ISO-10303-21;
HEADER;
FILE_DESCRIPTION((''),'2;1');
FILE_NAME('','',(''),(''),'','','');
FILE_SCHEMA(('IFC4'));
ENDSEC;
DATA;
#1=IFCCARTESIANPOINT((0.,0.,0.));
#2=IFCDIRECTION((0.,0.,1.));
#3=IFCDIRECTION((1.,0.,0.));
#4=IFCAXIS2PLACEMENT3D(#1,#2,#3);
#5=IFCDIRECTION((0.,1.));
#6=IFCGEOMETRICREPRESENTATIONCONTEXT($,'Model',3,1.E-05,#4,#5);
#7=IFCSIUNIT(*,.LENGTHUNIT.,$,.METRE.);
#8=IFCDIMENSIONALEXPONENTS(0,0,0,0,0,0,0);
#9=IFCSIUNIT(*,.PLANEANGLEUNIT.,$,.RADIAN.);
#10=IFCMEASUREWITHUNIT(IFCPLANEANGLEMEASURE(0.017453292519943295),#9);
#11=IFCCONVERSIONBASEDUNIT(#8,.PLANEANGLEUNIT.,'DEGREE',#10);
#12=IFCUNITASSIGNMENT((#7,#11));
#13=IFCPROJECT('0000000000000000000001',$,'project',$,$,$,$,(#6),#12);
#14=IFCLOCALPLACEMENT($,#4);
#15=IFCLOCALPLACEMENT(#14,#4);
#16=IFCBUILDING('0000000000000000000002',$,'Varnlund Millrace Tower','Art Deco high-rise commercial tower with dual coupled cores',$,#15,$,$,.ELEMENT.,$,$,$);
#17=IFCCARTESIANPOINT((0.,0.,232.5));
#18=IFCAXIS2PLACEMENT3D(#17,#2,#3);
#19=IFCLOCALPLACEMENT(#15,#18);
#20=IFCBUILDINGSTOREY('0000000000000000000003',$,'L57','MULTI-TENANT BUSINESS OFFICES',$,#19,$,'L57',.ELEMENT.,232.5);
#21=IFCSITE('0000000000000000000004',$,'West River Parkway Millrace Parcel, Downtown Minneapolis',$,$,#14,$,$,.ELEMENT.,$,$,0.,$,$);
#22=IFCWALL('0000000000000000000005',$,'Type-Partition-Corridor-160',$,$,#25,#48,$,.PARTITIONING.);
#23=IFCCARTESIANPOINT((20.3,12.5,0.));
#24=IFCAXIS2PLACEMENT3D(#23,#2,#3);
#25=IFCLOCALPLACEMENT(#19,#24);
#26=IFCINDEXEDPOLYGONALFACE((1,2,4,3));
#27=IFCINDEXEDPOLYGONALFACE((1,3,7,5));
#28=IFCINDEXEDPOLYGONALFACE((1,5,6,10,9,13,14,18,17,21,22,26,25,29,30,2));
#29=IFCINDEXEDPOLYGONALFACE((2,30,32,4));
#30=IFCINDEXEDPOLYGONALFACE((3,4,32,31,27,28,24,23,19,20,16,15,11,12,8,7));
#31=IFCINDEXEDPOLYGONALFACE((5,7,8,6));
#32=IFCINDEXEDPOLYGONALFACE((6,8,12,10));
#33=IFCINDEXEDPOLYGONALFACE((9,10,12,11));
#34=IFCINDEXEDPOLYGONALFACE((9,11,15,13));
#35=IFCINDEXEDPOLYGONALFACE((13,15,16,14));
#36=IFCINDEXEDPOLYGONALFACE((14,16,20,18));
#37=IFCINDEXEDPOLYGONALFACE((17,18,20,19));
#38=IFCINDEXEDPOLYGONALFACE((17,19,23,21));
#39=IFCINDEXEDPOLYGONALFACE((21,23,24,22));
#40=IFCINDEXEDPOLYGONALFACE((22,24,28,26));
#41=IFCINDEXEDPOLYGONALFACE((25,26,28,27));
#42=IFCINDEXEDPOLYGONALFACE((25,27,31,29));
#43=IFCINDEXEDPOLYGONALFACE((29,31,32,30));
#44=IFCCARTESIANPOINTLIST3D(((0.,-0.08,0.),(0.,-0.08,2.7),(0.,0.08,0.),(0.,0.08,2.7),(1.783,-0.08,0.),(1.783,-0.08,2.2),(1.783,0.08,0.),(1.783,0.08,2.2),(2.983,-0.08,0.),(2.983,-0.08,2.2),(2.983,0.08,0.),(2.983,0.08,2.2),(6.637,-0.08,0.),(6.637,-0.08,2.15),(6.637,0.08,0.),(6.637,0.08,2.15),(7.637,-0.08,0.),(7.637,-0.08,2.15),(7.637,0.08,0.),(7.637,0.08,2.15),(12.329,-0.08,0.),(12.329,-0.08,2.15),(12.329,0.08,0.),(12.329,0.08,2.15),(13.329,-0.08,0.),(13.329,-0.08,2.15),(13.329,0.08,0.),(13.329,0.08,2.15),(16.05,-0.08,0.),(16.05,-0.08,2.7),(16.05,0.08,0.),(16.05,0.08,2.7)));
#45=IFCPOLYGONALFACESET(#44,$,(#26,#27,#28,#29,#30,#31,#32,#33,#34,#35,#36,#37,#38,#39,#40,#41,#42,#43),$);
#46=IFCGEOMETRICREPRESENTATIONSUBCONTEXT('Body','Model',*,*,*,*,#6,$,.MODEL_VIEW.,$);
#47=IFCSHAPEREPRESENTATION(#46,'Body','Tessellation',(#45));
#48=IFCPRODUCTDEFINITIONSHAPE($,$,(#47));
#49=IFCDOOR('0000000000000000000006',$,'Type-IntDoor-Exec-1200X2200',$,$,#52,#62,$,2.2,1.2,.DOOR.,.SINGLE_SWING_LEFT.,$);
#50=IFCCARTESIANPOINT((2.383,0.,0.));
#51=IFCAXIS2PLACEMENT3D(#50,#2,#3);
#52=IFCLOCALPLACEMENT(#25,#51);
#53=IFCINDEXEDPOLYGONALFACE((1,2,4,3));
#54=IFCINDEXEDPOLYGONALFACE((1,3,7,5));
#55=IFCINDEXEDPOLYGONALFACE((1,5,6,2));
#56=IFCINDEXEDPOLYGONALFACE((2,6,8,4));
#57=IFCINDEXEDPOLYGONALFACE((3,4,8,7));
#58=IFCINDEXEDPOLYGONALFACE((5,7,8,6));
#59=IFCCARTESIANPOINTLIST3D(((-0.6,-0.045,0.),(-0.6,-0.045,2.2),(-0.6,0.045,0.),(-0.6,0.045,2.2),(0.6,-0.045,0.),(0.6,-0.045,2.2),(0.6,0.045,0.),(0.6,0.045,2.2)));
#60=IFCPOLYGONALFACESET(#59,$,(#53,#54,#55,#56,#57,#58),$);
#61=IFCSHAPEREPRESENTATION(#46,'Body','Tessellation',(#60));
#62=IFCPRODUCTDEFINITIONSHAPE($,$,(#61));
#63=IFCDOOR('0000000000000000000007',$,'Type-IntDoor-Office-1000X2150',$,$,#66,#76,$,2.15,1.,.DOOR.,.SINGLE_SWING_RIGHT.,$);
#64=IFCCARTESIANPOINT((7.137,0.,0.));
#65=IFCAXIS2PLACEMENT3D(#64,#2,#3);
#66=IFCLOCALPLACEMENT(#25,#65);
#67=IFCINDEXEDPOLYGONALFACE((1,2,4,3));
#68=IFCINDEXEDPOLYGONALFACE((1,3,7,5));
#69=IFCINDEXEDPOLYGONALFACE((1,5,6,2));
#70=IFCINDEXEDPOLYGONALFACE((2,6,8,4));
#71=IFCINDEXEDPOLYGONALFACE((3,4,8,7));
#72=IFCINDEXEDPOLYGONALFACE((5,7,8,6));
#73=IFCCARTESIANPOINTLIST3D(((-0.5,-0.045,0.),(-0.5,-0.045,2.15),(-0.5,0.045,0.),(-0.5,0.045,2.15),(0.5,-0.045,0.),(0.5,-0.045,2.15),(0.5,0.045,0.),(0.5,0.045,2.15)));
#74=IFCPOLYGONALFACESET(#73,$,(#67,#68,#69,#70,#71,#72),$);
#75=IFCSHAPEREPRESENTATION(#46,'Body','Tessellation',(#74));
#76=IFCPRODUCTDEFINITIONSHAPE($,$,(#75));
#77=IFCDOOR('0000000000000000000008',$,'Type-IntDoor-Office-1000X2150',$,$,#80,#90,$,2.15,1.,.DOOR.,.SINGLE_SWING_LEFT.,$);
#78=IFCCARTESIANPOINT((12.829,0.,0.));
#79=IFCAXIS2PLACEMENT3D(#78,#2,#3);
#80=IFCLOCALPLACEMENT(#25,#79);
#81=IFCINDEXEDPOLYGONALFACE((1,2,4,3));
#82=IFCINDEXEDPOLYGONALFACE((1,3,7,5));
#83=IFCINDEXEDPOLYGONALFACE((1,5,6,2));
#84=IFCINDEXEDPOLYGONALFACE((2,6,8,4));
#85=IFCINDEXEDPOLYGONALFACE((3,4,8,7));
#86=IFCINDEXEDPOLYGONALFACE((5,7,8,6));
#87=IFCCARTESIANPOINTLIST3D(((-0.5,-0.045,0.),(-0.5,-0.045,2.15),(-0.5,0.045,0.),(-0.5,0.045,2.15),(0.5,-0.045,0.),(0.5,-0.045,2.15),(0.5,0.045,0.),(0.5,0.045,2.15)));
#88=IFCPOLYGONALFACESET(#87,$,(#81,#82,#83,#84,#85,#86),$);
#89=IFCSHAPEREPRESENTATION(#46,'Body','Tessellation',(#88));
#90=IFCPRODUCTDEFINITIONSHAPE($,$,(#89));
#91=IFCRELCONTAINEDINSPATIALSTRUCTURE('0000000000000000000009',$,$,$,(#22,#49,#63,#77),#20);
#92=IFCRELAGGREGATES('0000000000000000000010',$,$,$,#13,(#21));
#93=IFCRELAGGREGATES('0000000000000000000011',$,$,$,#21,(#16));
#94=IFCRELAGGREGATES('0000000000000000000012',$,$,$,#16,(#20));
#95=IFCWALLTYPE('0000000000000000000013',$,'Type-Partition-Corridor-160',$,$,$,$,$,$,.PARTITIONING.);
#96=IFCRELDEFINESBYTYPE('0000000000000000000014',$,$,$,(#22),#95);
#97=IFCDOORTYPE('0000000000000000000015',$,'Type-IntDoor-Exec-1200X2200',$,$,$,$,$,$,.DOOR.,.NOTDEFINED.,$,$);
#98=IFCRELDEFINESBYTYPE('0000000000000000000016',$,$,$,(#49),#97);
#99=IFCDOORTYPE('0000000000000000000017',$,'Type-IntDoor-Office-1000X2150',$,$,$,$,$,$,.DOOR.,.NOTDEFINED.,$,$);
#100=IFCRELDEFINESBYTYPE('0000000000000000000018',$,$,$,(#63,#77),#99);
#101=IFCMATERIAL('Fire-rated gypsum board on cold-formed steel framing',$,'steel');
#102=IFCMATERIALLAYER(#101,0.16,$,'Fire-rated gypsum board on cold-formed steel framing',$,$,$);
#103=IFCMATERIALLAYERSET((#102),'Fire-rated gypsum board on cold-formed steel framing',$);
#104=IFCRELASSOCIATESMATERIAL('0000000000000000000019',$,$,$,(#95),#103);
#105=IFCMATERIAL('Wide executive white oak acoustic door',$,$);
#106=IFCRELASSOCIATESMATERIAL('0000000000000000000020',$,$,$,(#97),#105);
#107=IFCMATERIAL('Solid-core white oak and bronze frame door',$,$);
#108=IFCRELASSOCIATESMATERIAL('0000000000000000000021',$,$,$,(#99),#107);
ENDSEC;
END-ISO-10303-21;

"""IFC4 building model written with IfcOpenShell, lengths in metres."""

from ifc_helpers import new_model, entity, si_unit, converted_unit, direction, frame, origin_with_axes, origin_2d_with_axis, place, context, subcontext, project, spatial, polyline, rectangle, outline, extrude, material, layer, layer_set, type_object, element, fill, save


model = new_model("IFC4")

# Units and contexts
model_context = context("Model", 3, precision=1e-05, world=origin_with_axes(), true_north=direction((0.0, 1.0)))
body_context = subcontext(model_context, "Body", "Model", "MODEL_VIEW")
ifc_project = project(units=[si_unit("LENGTHUNIT", "METRE"), converted_unit("PLANEANGLEUNIT", "DEGREE", entity("IfcPlaneAngleMeasure", 0.017453292519943295), si_unit("PLANEANGLEUNIT", "RADIAN"), dimensions=[0, 0, 0, 0, 0, 0, 0])], contexts=[model_context])

# Site, building, storey
site_placement = place(None, origin_with_axes())
site = spatial("IfcSite", under=ifc_project, at=site_placement, Name="West River Parkway Millrace Parcel, Downtown Minneapolis", CompositionType="ELEMENT", RefElevation=0.0)
building_placement = place(site_placement, origin_with_axes())
building = spatial("IfcBuilding", under=site, at=building_placement, Name="Varnlund Millrace Tower", Description="Art Deco high-rise commercial tower with dual coupled cores", CompositionType="ELEMENT")
storey_placement = place(building_placement, frame((0.0, 0.0, 232.5), z_axis=(0.0, 0.0, 1.0), x_axis=(1.0, 0.0, 0.0)))
storey = spatial("IfcBuildingStorey", under=building, at=storey_placement, Name="L57", Description="MULTI-TENANT BUSINESS OFFICES", LongName="L57", CompositionType="ELEMENT", Elevation=232.5)

# Wall, openings, doors
ifc_material_1 = material(Name="Fire-rated gypsum board on cold-formed steel framing", Category="steel")
ifc_layer = layer(ifc_material_1, 0.16, Name="Fire-rated gypsum board on cold-formed steel framing")
ifc_layer_set = layer_set([ifc_layer], Name="Fire-rated gypsum board on cold-formed steel framing")
wall_type = type_object("IfcWallType", Name="Type-Partition-Corridor-160", PredefinedType="PARTITIONING", material=ifc_layer_set)
wall_placement = place(storey_placement, frame((20.3, 12.5, 0.0), z_axis=(0.0, 0.0, 1.0), x_axis=(1.0, 0.0, 0.0)))
wall = element("IfcWall", 1, at=wall_placement, inside=storey, type_object=wall_type, Name="Type-Partition-Corridor-160", PredefinedType="PARTITIONING", context=body_context, shape_type="SweptSolid", body=[
    extrude(outline(polyline([(0.0, -0.08), (16.05, -0.08), (16.05, 0.08), (0.0, 0.08), (0.0, -0.08)])), origin_with_axes(), (0.0, 0.0, 1.0), 2.7),
])
opening_1_placement = place(wall_placement, frame((2.383, 0.0, 0.0), z_axis=(0.0, 0.0, 1.0), x_axis=(1.0, 0.0, 0.0)))
opening_1 = element("IfcOpeningElement", 2, at=opening_1_placement, cuts=wall, PredefinedType="OPENING", context=body_context, shape_type="SweptSolid", body=[
    extrude(rectangle(XDim=1.2, YDim=0.18, at=origin_2d_with_axis()), origin_with_axes(), (0.0, 0.0, 1.0), 2.2),
])
opening_2_placement = place(wall_placement, frame((7.137, 0.0, 0.0), z_axis=(0.0, 0.0, 1.0), x_axis=(1.0, 0.0, 0.0)))
opening_2 = element("IfcOpeningElement", 3, at=opening_2_placement, cuts=wall, PredefinedType="OPENING", context=body_context, shape_type="SweptSolid", body=[
    extrude(rectangle(XDim=1.0, YDim=0.18, at=origin_2d_with_axis()), origin_with_axes(), (0.0, 0.0, 1.0), 2.15),
])
opening_3_placement = place(wall_placement, frame((12.829, 0.0, 0.0), z_axis=(0.0, 0.0, 1.0), x_axis=(1.0, 0.0, 0.0)))
opening_3 = element("IfcOpeningElement", 4, at=opening_3_placement, cuts=wall, PredefinedType="OPENING", context=body_context, shape_type="SweptSolid", body=[
    extrude(rectangle(XDim=1.0, YDim=0.18, at=origin_2d_with_axis()), origin_with_axes(), (0.0, 0.0, 1.0), 2.15),
])
ifc_material_2 = material(Name="Wide executive white oak acoustic door")
door_type_1 = type_object("IfcDoorType", Name="Type-IntDoor-Exec-1200X2200", OperationType="NOTDEFINED", PredefinedType="DOOR", material=ifc_material_2)
door_1_placement = place(wall_placement, frame((2.383, 0.0, 0.0), z_axis=(0.0, 0.0, 1.0), x_axis=(1.0, 0.0, 0.0)))
door_1 = element("IfcDoor", 5, at=door_1_placement, inside=storey, type_object=door_type_1, Name="Type-IntDoor-Exec-1200X2200", OperationType="SINGLE_SWING_LEFT", OverallHeight=2.2, OverallWidth=1.2, PredefinedType="DOOR", context=body_context, shape_type="SweptSolid", body=[
    extrude(rectangle(XDim=1.2, YDim=0.09, at=origin_2d_with_axis()), origin_with_axes(), (0.0, 0.0, 1.0), 2.2),
])
fill(opening_1, door_1)
ifc_material_3 = material(Name="Solid-core white oak and bronze frame door")
door_type_2 = type_object("IfcDoorType", Name="Type-IntDoor-Office-1000X2150", OperationType="NOTDEFINED", PredefinedType="DOOR", material=ifc_material_3)
door_2_placement = place(wall_placement, frame((7.137, 0.0, 0.0), z_axis=(0.0, 0.0, 1.0), x_axis=(1.0, 0.0, 0.0)))
door_2 = element("IfcDoor", 6, at=door_2_placement, inside=storey, type_object=door_type_2, Name="Type-IntDoor-Office-1000X2150", OperationType="SINGLE_SWING_RIGHT", OverallHeight=2.15, OverallWidth=1.0, PredefinedType="DOOR", context=body_context, shape_type="SweptSolid", body=[
    extrude(rectangle(XDim=1.0, YDim=0.09, at=origin_2d_with_axis()), origin_with_axes(), (0.0, 0.0, 1.0), 2.15),
])
fill(opening_2, door_2)
door_3_placement = place(wall_placement, frame((12.829, 0.0, 0.0), z_axis=(0.0, 0.0, 1.0), x_axis=(1.0, 0.0, 0.0)))
door_3 = element("IfcDoor", 7, at=door_3_placement, inside=storey, type_object=door_type_2, Name="Type-IntDoor-Office-1000X2150", OperationType="SINGLE_SWING_LEFT", OverallHeight=2.15, OverallWidth=1.0, PredefinedType="DOOR", context=body_context, shape_type="SweptSolid", body=[
    extrude(rectangle(XDim=1.0, YDim=0.09, at=origin_2d_with_axis()), origin_with_axes(), (0.0, 0.0, 1.0), 2.15),
])
fill(opening_3, door_3)

save(model, "model.ifc")
